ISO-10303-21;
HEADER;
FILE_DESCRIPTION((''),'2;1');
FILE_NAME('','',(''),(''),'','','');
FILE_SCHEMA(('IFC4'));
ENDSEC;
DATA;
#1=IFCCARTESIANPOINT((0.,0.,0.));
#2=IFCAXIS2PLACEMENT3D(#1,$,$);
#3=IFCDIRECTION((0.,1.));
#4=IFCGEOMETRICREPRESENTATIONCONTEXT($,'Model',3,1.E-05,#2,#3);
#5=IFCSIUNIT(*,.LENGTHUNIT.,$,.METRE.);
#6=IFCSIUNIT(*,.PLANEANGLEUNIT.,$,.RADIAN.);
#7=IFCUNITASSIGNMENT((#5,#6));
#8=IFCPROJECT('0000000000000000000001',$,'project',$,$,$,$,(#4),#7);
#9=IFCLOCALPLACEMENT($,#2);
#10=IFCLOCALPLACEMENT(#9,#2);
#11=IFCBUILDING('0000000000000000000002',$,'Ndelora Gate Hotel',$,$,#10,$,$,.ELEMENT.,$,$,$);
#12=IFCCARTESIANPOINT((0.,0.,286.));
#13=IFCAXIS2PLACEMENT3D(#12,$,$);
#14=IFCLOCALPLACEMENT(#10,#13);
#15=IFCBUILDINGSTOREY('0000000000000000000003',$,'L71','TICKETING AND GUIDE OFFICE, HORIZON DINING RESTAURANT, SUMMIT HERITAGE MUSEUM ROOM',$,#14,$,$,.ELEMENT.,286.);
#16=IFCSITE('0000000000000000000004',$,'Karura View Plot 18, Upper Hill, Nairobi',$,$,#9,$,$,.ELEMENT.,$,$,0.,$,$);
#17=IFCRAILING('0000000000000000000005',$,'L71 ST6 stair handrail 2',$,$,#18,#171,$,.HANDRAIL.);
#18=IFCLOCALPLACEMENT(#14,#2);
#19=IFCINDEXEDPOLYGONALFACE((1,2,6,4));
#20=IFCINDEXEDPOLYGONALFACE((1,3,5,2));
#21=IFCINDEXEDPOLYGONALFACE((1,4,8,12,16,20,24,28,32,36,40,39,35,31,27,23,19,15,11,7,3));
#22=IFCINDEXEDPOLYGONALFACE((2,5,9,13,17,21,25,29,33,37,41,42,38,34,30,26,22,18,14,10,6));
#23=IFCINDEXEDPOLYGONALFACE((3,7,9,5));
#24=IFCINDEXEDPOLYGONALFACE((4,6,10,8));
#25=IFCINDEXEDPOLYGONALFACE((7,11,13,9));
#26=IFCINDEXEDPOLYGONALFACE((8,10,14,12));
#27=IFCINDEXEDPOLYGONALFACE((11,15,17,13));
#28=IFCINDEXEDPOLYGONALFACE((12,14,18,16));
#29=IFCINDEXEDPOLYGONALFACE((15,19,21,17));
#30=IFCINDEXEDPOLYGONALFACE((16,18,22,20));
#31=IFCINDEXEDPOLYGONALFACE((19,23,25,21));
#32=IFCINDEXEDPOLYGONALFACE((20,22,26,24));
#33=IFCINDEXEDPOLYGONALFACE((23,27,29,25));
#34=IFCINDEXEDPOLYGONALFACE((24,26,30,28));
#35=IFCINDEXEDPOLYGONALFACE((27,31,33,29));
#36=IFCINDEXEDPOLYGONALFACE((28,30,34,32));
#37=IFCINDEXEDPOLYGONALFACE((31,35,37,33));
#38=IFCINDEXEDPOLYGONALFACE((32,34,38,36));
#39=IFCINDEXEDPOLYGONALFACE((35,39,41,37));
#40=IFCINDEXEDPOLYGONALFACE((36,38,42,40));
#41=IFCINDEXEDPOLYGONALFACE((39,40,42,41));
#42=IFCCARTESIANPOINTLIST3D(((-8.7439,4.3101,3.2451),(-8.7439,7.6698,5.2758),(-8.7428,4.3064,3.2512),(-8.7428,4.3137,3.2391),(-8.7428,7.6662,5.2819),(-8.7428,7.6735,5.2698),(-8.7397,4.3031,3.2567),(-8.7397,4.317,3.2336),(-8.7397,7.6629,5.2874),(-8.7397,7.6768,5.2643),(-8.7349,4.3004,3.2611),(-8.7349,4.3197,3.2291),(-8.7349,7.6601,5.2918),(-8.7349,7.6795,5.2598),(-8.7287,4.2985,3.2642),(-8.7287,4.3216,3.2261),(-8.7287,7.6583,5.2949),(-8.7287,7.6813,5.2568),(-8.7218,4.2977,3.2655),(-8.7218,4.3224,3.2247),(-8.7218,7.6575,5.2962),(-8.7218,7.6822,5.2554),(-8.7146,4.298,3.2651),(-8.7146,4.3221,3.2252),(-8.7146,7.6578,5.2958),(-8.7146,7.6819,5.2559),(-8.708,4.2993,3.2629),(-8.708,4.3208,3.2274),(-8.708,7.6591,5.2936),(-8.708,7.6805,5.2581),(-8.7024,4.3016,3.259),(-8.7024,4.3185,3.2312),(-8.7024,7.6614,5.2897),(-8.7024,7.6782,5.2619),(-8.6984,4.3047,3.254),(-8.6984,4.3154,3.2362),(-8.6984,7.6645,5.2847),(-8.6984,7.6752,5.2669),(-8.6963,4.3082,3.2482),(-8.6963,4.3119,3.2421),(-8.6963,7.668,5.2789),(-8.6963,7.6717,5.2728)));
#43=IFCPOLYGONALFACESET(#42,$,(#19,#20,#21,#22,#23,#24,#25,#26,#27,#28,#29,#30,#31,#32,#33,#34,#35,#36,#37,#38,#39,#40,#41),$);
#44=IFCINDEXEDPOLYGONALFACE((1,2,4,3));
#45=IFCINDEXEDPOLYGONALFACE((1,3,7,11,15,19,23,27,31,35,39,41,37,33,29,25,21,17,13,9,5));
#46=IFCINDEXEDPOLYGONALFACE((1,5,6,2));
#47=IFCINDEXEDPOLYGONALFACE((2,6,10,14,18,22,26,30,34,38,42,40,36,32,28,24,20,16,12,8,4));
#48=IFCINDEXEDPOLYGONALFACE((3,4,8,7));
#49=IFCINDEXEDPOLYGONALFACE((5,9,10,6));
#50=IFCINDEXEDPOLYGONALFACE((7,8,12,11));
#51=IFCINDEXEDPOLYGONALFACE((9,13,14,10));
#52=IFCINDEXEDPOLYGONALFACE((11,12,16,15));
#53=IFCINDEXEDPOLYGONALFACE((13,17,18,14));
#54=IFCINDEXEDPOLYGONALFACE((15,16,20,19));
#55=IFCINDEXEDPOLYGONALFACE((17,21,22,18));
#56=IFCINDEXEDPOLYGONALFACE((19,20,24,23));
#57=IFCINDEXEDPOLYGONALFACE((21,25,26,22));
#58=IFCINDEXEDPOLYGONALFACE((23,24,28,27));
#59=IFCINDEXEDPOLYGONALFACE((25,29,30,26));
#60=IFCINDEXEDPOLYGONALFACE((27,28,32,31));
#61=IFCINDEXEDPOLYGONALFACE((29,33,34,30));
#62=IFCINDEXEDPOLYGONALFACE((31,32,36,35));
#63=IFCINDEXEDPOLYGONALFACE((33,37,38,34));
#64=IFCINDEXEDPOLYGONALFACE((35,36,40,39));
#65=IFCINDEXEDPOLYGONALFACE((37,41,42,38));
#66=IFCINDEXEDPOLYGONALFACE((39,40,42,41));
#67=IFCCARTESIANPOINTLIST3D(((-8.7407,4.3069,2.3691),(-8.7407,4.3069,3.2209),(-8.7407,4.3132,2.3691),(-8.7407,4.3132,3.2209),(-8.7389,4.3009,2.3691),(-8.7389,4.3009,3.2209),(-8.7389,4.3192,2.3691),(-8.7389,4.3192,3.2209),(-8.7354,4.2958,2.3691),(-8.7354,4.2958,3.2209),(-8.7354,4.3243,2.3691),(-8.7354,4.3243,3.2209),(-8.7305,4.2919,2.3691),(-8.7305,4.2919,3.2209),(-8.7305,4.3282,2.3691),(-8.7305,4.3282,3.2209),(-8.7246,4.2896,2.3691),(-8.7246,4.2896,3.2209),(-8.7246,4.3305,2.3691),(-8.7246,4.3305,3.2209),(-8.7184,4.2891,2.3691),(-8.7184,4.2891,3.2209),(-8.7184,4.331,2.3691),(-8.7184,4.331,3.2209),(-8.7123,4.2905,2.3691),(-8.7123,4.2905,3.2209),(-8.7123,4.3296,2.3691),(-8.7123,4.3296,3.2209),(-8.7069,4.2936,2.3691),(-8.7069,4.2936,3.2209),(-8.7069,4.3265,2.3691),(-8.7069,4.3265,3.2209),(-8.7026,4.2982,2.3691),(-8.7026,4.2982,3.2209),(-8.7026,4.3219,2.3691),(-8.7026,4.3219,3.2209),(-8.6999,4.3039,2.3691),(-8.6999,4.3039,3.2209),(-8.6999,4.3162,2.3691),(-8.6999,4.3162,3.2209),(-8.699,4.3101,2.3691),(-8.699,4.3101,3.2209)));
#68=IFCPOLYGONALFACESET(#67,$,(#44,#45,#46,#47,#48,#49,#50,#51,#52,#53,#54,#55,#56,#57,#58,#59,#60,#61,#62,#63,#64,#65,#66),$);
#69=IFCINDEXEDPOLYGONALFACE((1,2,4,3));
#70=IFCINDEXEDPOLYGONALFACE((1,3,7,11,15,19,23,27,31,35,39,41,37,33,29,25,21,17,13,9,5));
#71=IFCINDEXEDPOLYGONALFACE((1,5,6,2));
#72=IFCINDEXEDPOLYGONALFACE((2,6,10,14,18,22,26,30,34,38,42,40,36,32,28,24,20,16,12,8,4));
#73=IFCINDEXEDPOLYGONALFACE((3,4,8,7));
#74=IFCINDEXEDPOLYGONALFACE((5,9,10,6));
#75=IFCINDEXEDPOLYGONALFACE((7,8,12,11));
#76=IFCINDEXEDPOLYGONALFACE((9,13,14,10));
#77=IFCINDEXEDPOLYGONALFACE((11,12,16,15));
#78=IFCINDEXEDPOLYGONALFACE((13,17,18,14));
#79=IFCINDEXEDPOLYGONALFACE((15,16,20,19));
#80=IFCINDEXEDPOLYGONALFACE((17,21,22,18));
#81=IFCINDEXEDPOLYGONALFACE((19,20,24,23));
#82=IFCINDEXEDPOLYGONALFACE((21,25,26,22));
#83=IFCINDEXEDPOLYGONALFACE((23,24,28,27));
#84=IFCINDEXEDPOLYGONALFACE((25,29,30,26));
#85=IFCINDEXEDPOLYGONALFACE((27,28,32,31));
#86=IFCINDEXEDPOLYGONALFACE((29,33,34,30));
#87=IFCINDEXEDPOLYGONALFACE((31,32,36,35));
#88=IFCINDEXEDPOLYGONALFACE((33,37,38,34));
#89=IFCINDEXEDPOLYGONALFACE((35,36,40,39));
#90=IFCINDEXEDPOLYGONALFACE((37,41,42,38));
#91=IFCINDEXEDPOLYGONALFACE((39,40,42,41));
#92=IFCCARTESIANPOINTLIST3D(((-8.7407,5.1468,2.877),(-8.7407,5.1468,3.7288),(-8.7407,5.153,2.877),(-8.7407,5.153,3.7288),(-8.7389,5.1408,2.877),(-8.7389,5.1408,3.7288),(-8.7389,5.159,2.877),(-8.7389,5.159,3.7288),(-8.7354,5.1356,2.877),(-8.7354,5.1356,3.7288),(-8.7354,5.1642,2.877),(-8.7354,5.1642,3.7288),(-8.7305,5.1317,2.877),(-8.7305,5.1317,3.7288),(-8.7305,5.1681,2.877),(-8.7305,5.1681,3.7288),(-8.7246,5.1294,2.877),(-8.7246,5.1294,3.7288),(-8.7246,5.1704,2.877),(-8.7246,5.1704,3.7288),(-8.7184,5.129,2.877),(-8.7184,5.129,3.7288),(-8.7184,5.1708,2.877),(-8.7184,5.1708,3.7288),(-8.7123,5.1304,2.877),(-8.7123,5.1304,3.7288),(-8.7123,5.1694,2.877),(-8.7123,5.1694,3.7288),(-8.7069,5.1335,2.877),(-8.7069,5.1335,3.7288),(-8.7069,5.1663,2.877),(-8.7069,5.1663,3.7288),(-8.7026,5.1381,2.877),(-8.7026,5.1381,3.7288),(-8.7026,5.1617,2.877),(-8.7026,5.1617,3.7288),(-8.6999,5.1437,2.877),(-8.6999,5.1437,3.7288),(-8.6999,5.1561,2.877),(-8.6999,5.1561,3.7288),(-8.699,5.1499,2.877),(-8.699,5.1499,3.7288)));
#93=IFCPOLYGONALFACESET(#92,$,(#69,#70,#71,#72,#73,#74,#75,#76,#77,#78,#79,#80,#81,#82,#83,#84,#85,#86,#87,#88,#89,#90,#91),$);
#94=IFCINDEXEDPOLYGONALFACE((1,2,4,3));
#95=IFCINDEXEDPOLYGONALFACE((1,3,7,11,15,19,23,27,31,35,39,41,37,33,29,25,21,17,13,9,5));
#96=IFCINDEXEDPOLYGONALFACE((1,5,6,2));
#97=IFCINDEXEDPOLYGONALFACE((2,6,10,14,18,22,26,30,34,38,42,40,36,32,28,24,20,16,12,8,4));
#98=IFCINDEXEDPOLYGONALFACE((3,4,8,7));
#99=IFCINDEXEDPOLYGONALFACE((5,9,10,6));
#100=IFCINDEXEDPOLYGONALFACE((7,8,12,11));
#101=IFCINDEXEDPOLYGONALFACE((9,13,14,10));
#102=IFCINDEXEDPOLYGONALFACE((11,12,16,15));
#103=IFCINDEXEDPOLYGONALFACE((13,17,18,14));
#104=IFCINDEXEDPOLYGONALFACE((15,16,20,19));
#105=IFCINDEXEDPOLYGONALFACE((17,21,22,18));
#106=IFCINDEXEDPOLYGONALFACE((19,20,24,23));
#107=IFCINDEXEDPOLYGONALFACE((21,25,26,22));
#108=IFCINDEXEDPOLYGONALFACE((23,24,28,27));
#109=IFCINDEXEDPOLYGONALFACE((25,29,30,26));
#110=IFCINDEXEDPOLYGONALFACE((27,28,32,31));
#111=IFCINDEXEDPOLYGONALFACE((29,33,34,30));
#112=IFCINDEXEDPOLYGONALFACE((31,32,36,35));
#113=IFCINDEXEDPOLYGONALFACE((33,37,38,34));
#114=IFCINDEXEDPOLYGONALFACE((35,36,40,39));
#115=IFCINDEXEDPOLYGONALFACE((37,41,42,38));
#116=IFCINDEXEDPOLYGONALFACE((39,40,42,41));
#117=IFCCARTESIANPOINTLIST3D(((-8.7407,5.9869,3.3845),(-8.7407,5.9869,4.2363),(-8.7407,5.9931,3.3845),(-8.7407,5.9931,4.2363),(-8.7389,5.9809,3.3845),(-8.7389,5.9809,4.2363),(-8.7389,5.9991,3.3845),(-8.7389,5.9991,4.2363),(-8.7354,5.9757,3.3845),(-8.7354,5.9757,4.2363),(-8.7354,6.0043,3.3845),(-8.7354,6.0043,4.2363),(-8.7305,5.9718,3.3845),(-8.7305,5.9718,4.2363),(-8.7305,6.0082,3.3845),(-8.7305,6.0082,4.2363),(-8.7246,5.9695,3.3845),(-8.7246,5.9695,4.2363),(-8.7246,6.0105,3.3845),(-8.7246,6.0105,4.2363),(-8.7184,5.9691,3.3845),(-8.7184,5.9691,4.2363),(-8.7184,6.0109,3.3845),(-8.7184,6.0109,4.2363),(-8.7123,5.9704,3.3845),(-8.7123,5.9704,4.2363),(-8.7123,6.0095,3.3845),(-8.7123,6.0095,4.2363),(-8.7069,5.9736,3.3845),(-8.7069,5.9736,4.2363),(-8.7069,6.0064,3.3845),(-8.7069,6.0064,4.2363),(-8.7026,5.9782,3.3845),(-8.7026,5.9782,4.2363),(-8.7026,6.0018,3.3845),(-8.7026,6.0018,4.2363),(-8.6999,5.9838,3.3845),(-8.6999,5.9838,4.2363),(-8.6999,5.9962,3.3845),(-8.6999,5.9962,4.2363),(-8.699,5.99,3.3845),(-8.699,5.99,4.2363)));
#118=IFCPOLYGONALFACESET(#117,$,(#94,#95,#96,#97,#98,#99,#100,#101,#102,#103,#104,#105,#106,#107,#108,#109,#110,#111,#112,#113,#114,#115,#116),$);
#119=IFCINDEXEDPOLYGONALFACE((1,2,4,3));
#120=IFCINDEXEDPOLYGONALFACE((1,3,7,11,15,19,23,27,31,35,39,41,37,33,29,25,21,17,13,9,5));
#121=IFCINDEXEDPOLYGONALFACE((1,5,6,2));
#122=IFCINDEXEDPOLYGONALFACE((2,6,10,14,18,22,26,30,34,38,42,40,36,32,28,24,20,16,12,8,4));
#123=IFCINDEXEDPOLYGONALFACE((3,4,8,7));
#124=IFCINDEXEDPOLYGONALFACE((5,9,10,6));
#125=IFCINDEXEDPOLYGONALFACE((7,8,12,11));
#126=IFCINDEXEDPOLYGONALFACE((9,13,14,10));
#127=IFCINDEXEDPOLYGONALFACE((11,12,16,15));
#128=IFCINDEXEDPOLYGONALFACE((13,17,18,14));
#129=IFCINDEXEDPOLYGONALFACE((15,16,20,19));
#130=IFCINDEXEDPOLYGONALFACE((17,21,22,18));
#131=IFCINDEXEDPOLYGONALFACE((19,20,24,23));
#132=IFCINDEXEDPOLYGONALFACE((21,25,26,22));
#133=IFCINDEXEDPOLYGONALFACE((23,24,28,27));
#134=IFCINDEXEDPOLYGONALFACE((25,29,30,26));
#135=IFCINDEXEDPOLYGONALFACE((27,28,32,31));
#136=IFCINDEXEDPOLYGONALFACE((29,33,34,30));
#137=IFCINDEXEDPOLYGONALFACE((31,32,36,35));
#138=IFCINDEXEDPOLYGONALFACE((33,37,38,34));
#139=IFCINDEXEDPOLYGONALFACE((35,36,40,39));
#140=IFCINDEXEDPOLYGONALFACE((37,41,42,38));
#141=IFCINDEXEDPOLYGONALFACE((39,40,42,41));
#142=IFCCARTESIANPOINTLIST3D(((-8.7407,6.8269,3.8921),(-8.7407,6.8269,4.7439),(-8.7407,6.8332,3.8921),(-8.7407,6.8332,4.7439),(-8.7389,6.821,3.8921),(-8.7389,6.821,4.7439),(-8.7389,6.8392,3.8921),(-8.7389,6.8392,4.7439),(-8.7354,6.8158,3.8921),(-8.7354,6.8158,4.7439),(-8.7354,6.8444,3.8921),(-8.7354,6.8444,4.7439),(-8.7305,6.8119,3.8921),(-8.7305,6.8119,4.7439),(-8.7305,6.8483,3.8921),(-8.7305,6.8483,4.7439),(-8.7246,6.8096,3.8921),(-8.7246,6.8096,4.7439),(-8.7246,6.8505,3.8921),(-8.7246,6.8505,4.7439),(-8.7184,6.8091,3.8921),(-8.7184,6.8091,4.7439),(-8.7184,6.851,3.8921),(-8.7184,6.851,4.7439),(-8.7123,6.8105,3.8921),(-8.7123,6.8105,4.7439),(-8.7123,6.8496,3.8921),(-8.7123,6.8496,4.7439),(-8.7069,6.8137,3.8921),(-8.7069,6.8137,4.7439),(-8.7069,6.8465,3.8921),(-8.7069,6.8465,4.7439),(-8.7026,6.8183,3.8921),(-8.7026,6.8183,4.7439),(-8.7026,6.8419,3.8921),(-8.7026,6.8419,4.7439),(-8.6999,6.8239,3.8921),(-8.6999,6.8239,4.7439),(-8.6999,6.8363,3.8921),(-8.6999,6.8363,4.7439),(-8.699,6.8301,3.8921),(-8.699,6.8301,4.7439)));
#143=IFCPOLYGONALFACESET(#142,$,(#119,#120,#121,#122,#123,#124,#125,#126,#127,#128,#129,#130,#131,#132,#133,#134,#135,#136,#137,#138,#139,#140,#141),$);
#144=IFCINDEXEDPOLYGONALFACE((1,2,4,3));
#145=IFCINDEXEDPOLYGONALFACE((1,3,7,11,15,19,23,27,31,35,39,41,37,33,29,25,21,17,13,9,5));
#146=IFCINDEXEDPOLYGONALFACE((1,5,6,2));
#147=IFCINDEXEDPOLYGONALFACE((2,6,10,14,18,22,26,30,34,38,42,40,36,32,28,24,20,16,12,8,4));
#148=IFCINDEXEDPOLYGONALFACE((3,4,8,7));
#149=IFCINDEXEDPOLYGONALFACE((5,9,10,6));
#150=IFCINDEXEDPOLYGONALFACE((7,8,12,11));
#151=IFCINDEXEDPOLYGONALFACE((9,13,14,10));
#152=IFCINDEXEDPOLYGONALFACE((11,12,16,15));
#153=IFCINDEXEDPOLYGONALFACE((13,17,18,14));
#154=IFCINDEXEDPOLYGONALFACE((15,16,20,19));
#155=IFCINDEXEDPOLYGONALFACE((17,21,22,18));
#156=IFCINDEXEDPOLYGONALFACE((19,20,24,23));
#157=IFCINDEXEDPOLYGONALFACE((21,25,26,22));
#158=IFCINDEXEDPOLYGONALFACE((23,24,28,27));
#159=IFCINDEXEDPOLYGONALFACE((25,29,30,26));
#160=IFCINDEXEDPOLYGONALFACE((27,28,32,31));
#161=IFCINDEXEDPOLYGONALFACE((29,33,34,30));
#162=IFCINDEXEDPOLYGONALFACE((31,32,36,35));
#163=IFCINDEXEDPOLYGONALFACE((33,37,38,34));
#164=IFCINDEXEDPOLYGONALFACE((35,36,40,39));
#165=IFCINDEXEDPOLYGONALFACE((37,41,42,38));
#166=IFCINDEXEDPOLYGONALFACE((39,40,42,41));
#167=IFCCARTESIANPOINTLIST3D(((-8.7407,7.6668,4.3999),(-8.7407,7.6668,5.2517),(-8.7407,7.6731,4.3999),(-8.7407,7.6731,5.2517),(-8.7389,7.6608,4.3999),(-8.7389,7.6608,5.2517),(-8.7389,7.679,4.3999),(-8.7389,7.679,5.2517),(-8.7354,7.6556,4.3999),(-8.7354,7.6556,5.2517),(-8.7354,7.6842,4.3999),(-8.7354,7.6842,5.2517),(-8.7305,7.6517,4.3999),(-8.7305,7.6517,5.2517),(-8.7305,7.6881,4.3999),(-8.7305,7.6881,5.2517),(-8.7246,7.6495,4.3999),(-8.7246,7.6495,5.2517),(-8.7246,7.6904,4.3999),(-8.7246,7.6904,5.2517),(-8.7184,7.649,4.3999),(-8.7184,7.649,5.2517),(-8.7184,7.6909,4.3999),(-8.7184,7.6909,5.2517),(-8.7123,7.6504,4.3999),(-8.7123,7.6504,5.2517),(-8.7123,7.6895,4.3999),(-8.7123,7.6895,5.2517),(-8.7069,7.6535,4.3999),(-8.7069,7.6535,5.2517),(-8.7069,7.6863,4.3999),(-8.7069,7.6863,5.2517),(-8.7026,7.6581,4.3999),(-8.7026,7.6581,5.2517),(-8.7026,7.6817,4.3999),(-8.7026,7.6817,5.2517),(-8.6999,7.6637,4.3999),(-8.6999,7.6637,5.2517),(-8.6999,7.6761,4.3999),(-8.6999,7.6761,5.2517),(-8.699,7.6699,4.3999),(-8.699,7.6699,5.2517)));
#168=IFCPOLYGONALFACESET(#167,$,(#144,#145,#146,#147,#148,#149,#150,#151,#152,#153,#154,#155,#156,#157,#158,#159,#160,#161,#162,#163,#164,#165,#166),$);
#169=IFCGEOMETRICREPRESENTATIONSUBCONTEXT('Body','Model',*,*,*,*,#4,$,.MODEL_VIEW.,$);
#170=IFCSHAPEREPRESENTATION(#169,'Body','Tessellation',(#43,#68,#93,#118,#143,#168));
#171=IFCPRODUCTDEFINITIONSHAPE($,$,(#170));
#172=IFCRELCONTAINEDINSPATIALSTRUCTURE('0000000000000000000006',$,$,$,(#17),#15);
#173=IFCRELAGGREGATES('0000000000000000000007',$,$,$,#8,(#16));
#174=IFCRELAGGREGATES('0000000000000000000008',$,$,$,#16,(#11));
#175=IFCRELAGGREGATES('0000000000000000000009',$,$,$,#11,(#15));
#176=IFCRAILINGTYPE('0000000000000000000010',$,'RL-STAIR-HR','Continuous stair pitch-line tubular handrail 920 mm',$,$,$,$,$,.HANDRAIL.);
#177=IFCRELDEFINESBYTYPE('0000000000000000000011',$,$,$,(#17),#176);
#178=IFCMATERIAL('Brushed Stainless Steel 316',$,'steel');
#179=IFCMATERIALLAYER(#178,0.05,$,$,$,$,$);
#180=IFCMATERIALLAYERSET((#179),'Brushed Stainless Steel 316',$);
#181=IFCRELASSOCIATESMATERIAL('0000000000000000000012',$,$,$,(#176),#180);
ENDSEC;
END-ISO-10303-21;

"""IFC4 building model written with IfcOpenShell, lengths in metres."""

from ifc_helpers import new_model, si_unit, direction, frame, origin, origin_2d, place, context, subcontext, project, spatial, circle, extrude, material, layer, layer_set, type_object, element, save


model = new_model("IFC4")

# Units and contexts
model_context = context("Model", 3, precision=1e-05, world=origin(), true_north=direction((0.0, 1.0)))
body_context = subcontext(model_context, "Body", "Model", "MODEL_VIEW")
ifc_project = project(units=[si_unit("LENGTHUNIT", "METRE"), si_unit("PLANEANGLEUNIT", "RADIAN")], contexts=[model_context])

# Site, building, storey
site_placement = place(None, origin())
site = spatial("IfcSite", under=ifc_project, at=site_placement, Name="Karura View Plot 18, Upper Hill, Nairobi", CompositionType="ELEMENT", RefElevation=0.0)
building_placement = place(site_placement, origin())
building = spatial("IfcBuilding", under=site, at=building_placement, Name="Ndelora Gate Hotel", CompositionType="ELEMENT")
storey_placement = place(building_placement, frame((0.0, 0.0, 286.0)))
storey = spatial("IfcBuildingStorey", under=building, at=storey_placement, Name="L71", Description="TICKETING AND GUIDE OFFICE, HORIZON DINING RESTAURANT, SUMMIT HERITAGE MUSEUM ROOM", CompositionType="ELEMENT", Elevation=286.0)

# Railing
ifc_material_1 = material(Name="Brushed Stainless Steel 316", Category="steel")
ifc_layer_1 = layer(ifc_material_1, 0.05)
ifc_layer_set_1 = layer_set([ifc_layer_1], Name="Brushed Stainless Steel 316")
railing_type_1 = type_object("IfcRailingType", Name="RL-STAIR-HR", Description="Continuous stair pitch-line tubular handrail 920 mm", PredefinedType="HANDRAIL", material=ifc_layer_set_1)
railing_1_placement = place(storey_placement, frame((-8.72, 4.3101, 2.3691)))
element("IfcRailing", 1, at=railing_1_placement, inside=storey, type_object=railing_type_1, Name="L71 ST6 stair handrail 2", PredefinedType="HANDRAIL", context=body_context, shape_type="SweptSolid", body=[
    extrude(circle(Radius=0.0239, at=origin_2d()), frame((0.0, 0.0, 0.876), z_axis=(0.0, 0.85582, 0.517273), x_axis=(-1.0, 0.0, 0.0)), (0.0, 0.0, 1.0), 3.9258),
    extrude(circle(Radius=0.021, at=origin_2d()), origin(), (0.0, 0.0, 1.0), 0.8518),
    extrude(circle(Radius=0.021, at=origin_2d()), frame((0.0, 0.8398, 0.5078)), (0.0, 0.0, 1.0), 0.8518),
    extrude(circle(Radius=0.021, at=origin_2d()), frame((0.0, 1.6799, 1.0154)), (0.0, 0.0, 1.0), 0.8518),
    extrude(circle(Radius=0.021, at=origin_2d()), frame((0.0, 2.52, 1.5229)), (0.0, 0.0, 1.0), 0.8518),
    extrude(circle(Radius=0.021, at=origin_2d()), frame((0.0, 3.3599, 2.0308)), (0.0, 0.0, 1.0), 0.8518),
])

save(model, "model.ifc")
